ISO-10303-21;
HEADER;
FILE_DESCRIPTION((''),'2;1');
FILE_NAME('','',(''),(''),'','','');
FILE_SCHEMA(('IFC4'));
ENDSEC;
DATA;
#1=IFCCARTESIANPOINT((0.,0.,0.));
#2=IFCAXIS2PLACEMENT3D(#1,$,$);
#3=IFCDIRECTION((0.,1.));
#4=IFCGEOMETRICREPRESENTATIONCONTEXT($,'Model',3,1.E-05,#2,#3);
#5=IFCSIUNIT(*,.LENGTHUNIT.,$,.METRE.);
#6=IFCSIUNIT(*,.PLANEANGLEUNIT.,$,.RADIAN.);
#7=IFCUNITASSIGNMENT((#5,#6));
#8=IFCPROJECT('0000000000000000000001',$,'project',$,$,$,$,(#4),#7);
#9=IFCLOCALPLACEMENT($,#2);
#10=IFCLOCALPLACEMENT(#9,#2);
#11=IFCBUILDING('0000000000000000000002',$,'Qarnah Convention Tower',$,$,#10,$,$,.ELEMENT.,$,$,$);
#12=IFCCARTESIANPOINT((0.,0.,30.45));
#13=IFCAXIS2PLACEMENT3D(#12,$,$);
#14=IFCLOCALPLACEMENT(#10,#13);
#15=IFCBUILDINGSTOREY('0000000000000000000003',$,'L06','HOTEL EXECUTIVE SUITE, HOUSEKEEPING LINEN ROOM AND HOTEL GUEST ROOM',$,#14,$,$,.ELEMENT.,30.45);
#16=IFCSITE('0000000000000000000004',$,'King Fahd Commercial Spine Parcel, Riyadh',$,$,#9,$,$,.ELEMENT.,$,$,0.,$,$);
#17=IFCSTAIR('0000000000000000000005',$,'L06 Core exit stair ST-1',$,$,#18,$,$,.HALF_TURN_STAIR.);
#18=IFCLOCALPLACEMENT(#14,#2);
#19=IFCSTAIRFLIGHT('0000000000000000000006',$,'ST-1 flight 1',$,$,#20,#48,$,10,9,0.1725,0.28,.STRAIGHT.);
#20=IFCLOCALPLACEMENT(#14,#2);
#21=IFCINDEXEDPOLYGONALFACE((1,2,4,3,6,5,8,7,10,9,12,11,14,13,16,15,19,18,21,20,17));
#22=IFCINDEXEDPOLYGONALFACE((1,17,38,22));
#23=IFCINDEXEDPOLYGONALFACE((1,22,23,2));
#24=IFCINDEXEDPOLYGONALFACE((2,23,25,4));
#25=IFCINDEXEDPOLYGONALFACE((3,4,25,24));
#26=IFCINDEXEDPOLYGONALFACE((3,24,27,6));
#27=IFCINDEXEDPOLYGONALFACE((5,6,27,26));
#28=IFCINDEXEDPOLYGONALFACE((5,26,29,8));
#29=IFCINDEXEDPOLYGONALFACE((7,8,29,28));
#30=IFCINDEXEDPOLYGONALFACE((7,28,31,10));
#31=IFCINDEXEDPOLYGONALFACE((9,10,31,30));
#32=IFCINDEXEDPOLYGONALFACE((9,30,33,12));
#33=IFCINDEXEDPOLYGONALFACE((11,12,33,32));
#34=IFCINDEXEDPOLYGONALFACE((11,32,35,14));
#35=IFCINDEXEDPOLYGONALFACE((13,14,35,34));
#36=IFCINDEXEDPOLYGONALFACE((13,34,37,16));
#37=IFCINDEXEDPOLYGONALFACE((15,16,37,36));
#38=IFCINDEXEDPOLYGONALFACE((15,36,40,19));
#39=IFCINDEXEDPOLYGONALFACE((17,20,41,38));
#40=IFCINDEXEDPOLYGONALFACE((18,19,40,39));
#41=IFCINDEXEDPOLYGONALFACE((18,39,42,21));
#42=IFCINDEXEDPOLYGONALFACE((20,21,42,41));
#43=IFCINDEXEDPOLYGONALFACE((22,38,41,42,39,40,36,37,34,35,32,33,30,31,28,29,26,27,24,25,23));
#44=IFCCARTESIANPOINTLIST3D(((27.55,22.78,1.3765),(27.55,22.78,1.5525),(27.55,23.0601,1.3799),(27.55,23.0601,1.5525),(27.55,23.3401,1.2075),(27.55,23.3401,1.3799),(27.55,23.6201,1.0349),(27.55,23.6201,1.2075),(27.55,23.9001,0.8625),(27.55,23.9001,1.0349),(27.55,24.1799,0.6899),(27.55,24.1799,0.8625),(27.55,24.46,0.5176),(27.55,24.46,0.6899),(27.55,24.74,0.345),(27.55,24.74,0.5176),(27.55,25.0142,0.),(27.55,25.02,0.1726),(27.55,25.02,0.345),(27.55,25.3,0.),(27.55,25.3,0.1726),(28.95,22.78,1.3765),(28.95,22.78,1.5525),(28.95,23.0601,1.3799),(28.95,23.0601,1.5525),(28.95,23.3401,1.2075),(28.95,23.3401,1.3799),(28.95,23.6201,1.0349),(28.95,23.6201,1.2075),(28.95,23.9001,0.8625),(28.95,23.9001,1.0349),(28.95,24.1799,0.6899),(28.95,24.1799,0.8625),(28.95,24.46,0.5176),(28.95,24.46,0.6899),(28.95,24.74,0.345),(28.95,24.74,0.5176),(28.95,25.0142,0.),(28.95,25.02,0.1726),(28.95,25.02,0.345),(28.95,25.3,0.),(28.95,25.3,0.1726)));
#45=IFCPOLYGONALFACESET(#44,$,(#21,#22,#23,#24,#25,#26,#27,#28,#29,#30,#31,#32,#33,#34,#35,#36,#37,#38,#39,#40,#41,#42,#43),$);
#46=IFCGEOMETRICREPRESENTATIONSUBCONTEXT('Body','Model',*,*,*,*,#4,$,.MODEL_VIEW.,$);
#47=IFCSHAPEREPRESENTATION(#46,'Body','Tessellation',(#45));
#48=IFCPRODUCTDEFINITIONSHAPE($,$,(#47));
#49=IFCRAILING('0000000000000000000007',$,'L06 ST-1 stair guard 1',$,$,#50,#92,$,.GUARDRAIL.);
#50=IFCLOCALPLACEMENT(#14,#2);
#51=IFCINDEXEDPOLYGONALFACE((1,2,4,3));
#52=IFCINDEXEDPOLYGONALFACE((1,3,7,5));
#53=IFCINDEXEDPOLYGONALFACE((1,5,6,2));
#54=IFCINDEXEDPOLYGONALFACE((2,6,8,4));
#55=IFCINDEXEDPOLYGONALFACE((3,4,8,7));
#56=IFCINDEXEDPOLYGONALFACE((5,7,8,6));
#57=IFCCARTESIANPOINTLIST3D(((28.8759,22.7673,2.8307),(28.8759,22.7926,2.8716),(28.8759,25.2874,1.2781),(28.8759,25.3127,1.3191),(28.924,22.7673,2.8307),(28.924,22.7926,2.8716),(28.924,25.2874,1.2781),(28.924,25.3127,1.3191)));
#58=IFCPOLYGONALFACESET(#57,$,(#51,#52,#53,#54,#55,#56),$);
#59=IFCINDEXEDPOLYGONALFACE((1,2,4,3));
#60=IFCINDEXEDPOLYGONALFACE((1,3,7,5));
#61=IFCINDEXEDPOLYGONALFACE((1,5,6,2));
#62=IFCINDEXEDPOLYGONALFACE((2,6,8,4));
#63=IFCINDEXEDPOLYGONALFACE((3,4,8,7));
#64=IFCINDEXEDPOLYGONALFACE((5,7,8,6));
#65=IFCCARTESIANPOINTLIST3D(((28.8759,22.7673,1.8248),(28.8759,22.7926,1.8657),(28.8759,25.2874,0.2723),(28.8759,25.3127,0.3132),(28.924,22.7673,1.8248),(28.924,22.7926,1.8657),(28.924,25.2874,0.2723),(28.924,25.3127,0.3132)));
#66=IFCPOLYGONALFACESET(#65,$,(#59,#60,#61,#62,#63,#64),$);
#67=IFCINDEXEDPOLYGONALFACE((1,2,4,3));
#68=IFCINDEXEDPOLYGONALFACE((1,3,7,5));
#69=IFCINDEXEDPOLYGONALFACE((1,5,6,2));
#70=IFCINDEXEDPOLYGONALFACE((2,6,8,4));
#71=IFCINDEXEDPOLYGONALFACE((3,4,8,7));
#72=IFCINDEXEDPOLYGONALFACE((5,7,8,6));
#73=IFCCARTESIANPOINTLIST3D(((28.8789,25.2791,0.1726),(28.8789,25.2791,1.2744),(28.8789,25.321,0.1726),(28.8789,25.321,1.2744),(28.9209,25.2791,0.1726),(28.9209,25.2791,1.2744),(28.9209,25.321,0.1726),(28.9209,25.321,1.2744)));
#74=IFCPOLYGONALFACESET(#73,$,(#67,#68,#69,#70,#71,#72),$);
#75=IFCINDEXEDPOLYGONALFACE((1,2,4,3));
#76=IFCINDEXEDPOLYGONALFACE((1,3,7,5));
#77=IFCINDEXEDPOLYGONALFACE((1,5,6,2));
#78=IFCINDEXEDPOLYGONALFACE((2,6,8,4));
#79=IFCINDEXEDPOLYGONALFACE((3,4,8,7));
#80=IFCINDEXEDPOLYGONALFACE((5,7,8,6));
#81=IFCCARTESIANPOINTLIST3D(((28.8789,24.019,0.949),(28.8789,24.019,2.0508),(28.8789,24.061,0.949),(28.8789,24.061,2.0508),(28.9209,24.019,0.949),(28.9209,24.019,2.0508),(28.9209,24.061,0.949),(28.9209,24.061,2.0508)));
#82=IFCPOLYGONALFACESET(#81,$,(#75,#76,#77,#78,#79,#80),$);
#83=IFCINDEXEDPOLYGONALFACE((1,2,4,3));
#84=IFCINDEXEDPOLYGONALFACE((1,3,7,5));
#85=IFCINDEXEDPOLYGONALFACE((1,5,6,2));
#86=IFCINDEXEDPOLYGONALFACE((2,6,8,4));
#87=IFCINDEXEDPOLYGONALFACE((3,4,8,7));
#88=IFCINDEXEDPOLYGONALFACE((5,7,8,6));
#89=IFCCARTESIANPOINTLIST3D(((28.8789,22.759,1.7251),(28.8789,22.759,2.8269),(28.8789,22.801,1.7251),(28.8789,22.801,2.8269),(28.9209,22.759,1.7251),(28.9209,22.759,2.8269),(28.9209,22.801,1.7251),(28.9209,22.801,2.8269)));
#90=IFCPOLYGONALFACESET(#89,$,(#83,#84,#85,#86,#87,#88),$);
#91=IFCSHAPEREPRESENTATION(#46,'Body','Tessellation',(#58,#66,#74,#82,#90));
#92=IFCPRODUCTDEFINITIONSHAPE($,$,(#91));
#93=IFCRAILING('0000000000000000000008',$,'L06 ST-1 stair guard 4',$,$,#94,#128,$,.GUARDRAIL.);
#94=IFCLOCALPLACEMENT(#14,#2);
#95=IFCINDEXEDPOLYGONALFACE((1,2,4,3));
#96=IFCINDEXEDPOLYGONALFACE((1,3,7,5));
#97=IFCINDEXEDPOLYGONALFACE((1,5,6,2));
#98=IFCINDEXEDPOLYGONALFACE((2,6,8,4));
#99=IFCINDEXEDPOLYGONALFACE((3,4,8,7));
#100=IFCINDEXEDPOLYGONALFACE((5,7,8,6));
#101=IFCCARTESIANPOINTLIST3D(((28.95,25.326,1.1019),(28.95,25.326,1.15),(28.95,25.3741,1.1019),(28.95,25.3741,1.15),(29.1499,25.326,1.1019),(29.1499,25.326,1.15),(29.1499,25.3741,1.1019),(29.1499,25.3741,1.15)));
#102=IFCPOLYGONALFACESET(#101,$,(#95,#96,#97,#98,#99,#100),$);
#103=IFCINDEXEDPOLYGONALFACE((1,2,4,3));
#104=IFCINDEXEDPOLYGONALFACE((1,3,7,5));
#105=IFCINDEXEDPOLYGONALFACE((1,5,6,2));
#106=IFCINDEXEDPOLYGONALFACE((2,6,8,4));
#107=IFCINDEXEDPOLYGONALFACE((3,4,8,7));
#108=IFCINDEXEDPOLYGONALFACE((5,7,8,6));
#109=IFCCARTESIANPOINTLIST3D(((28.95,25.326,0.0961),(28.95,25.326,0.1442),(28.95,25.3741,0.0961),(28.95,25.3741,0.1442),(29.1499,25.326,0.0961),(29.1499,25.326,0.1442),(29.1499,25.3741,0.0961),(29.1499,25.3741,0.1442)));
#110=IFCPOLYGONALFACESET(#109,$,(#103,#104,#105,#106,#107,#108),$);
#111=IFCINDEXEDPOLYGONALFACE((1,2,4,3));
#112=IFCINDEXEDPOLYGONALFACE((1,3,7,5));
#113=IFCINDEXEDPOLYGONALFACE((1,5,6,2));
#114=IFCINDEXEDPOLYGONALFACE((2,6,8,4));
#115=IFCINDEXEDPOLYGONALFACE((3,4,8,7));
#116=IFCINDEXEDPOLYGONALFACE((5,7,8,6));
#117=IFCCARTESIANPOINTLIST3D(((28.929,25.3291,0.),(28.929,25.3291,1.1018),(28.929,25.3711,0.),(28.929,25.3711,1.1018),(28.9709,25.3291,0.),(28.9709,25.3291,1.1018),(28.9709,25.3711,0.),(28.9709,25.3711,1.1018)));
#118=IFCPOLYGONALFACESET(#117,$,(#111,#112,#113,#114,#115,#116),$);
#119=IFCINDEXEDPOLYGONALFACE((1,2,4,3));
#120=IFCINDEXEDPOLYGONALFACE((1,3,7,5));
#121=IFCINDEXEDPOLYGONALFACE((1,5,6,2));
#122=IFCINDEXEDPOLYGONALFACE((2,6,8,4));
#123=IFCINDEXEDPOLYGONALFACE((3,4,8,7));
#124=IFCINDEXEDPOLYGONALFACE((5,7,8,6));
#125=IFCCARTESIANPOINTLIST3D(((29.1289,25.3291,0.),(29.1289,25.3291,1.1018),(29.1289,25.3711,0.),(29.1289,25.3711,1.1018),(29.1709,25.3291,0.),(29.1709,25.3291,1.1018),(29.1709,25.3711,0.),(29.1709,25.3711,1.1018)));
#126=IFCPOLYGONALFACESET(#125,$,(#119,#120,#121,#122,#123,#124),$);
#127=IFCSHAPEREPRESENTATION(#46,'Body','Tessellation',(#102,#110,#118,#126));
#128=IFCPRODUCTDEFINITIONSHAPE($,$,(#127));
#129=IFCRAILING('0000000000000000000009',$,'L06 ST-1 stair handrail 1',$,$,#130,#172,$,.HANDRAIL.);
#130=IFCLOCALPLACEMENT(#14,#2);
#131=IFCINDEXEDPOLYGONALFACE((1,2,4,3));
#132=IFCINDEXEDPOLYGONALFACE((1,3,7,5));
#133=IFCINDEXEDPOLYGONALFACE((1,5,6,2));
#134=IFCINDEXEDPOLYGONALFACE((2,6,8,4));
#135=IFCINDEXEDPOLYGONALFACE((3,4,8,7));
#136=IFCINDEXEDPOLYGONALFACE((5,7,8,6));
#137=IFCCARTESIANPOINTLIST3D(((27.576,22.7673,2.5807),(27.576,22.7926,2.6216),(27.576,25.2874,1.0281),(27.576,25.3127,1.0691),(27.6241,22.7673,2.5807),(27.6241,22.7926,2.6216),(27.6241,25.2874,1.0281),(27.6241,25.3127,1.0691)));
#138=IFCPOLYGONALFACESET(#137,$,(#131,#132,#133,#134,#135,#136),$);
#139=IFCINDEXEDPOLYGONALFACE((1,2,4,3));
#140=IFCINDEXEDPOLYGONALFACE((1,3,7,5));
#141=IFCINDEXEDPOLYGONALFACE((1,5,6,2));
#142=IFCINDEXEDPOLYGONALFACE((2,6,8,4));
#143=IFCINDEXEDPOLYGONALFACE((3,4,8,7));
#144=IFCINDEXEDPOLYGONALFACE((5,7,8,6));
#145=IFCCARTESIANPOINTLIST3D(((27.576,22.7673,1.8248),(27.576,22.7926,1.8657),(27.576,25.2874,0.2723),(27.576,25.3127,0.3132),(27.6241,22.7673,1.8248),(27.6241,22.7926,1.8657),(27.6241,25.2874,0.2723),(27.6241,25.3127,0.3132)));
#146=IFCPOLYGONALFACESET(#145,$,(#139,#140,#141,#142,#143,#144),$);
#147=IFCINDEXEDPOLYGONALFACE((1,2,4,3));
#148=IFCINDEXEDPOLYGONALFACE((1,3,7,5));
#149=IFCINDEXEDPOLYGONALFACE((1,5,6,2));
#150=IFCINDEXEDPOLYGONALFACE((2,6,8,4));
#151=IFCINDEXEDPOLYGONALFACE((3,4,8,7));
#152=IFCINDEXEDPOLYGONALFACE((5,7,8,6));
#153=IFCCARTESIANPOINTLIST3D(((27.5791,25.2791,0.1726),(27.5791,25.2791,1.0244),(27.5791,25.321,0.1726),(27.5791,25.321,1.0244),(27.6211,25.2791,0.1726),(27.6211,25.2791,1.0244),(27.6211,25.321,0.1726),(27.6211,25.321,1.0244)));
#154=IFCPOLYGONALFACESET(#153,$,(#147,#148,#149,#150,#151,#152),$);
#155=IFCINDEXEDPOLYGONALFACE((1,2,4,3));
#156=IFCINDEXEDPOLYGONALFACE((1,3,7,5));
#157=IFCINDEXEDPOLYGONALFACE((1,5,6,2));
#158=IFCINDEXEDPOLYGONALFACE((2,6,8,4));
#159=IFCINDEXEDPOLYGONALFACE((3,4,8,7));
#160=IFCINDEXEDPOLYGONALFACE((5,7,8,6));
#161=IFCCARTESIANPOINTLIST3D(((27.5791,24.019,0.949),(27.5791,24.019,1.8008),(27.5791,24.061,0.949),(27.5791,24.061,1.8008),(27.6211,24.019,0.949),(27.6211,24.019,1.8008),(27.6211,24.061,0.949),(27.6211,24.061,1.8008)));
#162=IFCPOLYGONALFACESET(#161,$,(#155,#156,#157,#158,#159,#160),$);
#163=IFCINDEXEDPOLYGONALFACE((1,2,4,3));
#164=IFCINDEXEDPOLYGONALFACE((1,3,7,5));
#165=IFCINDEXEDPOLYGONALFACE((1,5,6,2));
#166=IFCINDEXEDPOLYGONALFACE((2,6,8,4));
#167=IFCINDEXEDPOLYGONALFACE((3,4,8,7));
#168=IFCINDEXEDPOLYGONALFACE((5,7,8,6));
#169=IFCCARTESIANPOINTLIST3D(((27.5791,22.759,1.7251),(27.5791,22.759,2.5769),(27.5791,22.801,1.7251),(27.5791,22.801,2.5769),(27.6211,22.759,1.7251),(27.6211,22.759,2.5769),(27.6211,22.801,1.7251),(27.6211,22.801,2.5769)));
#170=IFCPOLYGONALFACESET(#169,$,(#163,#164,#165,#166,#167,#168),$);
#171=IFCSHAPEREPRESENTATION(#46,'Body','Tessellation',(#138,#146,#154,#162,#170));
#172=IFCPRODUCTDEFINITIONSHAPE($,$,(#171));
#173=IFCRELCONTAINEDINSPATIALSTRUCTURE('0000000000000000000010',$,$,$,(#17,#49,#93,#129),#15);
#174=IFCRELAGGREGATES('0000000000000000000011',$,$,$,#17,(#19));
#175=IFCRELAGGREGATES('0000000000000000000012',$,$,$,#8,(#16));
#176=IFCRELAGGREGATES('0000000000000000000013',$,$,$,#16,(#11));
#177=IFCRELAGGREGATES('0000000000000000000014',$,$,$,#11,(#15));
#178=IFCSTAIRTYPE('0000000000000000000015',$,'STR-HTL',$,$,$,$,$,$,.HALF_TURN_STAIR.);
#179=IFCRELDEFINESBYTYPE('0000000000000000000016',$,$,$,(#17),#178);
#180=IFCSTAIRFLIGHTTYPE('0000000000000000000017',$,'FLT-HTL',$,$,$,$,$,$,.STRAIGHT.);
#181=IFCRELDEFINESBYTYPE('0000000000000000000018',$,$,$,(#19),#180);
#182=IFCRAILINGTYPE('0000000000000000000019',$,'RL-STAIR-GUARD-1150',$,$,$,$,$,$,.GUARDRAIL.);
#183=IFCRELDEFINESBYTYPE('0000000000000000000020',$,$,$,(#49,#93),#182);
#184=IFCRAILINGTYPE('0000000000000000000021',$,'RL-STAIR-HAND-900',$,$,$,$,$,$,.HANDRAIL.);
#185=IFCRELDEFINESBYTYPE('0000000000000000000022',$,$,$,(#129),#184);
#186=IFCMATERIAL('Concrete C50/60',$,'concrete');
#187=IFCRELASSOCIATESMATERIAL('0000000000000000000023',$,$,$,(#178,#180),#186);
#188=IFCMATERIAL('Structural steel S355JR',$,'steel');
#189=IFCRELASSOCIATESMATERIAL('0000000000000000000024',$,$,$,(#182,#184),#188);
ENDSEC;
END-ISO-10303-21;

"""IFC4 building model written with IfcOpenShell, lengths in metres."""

from ifc_helpers import new_model, si_unit, direction, frame, origin, origin_2d, place, context, subcontext, project, spatial, polyline, rectangle, outline, extrude, material, type_object, element, aggregate, save


model = new_model("IFC4")

# Units and contexts
model_context = context("Model", 3, precision=1e-05, world=origin(), true_north=direction((0.0, 1.0)))
body_context = subcontext(model_context, "Body", "Model", "MODEL_VIEW")
ifc_project = project(units=[si_unit("LENGTHUNIT", "METRE"), si_unit("PLANEANGLEUNIT", "RADIAN")], contexts=[model_context])

# Site, building, storey
site_placement = place(None, origin())
site = spatial("IfcSite", under=ifc_project, at=site_placement, Name="King Fahd Commercial Spine Parcel, Riyadh", CompositionType="ELEMENT", RefElevation=0.0)
building_placement = place(site_placement, origin())
building = spatial("IfcBuilding", under=site, at=building_placement, Name="Qarnah Convention Tower", CompositionType="ELEMENT")
storey_placement = place(building_placement, frame((0.0, 0.0, 30.45)))
storey = spatial("IfcBuildingStorey", under=building, at=storey_placement, Name="L06", Description="HOTEL EXECUTIVE SUITE, HOUSEKEEPING LINEN ROOM AND HOTEL GUEST ROOM", CompositionType="ELEMENT", Elevation=30.45)

# Shared definitions
ifc_material_1 = material(Name="Structural steel S355JR", Category="steel")

# Stair, stair flight
ifc_material_2 = material(Name="Concrete C50/60", Category="concrete")
stair_type = type_object("IfcStairType", Name="STR-HTL", PredefinedType="HALF_TURN_STAIR", material=ifc_material_2)
stair_placement = place(storey_placement, origin())
stair = element("IfcStair", 1, at=stair_placement, inside=storey, type_object=stair_type, Name="L06 Core exit stair ST-1", PredefinedType="HALF_TURN_STAIR")
stair_flight_type = type_object("IfcStairFlightType", Name="FLT-HTL", PredefinedType="STRAIGHT", material=ifc_material_2)
stair_flight_placement = place(storey_placement, frame((28.25, 25.3, 0.0), z_axis=(0.0, 0.0, 1.0), x_axis=(0.0, -1.0, 0.0)))
stair_flight = element("IfcStairFlight", 2, at=stair_flight_placement, type_object=stair_flight_type, Name="ST-1 flight 1", NumberOfRisers=10, NumberOfTreads=9, PredefinedType="STRAIGHT", RiserHeight=0.1725, TreadLength=0.28, context=body_context, shape_type="SweptSolid", body=[
    extrude(outline(polyline([(0.0, 0.0), (0.0, 0.1726), (0.28, 0.1726), (0.28, 0.345), (0.5601, 0.345), (0.5601, 0.5176), (0.8401, 0.5176), (0.8401, 0.6899), (1.1201, 0.6899), (1.1201, 0.8625), (1.3999, 0.8625), (1.3999, 1.0349), (1.6799, 1.0349), (1.6799, 1.2075), (1.96, 1.2075), (1.96, 1.3799), (2.24, 1.3799), (2.24, 1.5525), (2.52, 1.5525), (2.52, 1.7251), (2.52, 1.3765), (0.2859, 0.0), (0.0, 0.0)])), frame((0.0, 0.7, 0.0), z_axis=(0.0, -1.0, 0.0), x_axis=(1.0, 0.0, 0.0)), (0.0, 0.0, 1.0), 1.3999),
])
aggregate(stair, [stair_flight])

# Railings
railing_type_1 = type_object("IfcRailingType", Name="RL-STAIR-GUARD-1150", PredefinedType="GUARDRAIL", material=ifc_material_1)
railing_1_placement = place(storey_placement, frame((28.8999, 25.3, 0.1726)))
element("IfcRailing", 3, at=railing_1_placement, inside=storey, type_object=railing_type_1, Name="L06 ST-1 stair guard 1", PredefinedType="GUARDRAIL", context=body_context, shape_type="SweptSolid", body=[
    extrude(rectangle(XDim=0.0481, YDim=0.0481, at=origin_2d()), frame((0.0, 0.0, 1.126), z_axis=(0.0, -0.8514, 0.524516), x_axis=(1.0, 0.0, 0.0)), (0.0, 0.0, 1.0), 2.96),
    extrude(rectangle(XDim=0.0481, YDim=0.0481, at=origin_2d()), frame((0.0, 0.0, 0.1201), z_axis=(0.0, -0.8514, 0.524516), x_axis=(1.0, 0.0, 0.0)), (0.0, 0.0, 1.0), 2.96),
    extrude(rectangle(XDim=0.042, YDim=0.042, at=origin_2d()), origin(), (0.0, 0.0, 1.0), 1.1018),
    extrude(rectangle(XDim=0.042, YDim=0.042, at=origin_2d()), frame((0.0, -1.26, 0.7764)), (0.0, 0.0, 1.0), 1.1018),
    extrude(rectangle(XDim=0.042, YDim=0.042, at=origin_2d()), frame((0.0, -2.52, 1.5525)), (0.0, 0.0, 1.0), 1.1018),
])
railing_2_placement = place(storey_placement, frame((28.95, 25.3501, 0.0)))
element("IfcRailing", 4, at=railing_2_placement, inside=storey, type_object=railing_type_1, Name="L06 ST-1 stair guard 4", PredefinedType="GUARDRAIL", context=body_context, shape_type="SweptSolid", body=[
    extrude(rectangle(XDim=0.0481, YDim=0.0481, at=origin_2d()), frame((0.0, 0.0, 1.126), z_axis=(1.0, 0.0, 0.0), x_axis=(0.0, 1.0, 0.0)), (0.0, 0.0, 1.0), 0.2),
    extrude(rectangle(XDim=0.0481, YDim=0.0481, at=origin_2d()), frame((0.0, 0.0, 0.1201), z_axis=(1.0, 0.0, 0.0), x_axis=(0.0, 1.0, 0.0)), (0.0, 0.0, 1.0), 0.2),
    extrude(rectangle(XDim=0.042, YDim=0.042, at=origin_2d()), origin(), (0.0, 0.0, 1.0), 1.1018),
    extrude(rectangle(XDim=0.042, YDim=0.042, at=origin_2d()), frame((0.2, 0.0, 0.0)), (0.0, 0.0, 1.0), 1.1018),
])
railing_type_2 = type_object("IfcRailingType", Name="RL-STAIR-HAND-900", PredefinedType="HANDRAIL", material=ifc_material_1)
railing_3_placement = place(storey_placement, frame((27.6001, 25.3, 0.1726)))
element("IfcRailing", 5, at=railing_3_placement, inside=storey, type_object=railing_type_2, Name="L06 ST-1 stair handrail 1", PredefinedType="HANDRAIL", context=body_context, shape_type="SweptSolid", body=[
    extrude(rectangle(XDim=0.0481, YDim=0.0481, at=origin_2d()), frame((0.0, 0.0, 0.876), z_axis=(0.0, -0.8514, 0.524516), x_axis=(1.0, 0.0, 0.0)), (0.0, 0.0, 1.0), 2.96),
    extrude(rectangle(XDim=0.0481, YDim=0.0481, at=origin_2d()), frame((0.0, 0.0, 0.1201), z_axis=(0.0, -0.8514, 0.524516), x_axis=(1.0, 0.0, 0.0)), (0.0, 0.0, 1.0), 2.96),
    extrude(rectangle(XDim=0.042, YDim=0.042, at=origin_2d()), origin(), (0.0, 0.0, 1.0), 0.8518),
    extrude(rectangle(XDim=0.042, YDim=0.042, at=origin_2d()), frame((0.0, -1.26, 0.7764)), (0.0, 0.0, 1.0), 0.8518),
    extrude(rectangle(XDim=0.042, YDim=0.042, at=origin_2d()), frame((0.0, -2.52, 1.5525)), (0.0, 0.0, 1.0), 0.8518),
])

save(model, "model.ifc")
